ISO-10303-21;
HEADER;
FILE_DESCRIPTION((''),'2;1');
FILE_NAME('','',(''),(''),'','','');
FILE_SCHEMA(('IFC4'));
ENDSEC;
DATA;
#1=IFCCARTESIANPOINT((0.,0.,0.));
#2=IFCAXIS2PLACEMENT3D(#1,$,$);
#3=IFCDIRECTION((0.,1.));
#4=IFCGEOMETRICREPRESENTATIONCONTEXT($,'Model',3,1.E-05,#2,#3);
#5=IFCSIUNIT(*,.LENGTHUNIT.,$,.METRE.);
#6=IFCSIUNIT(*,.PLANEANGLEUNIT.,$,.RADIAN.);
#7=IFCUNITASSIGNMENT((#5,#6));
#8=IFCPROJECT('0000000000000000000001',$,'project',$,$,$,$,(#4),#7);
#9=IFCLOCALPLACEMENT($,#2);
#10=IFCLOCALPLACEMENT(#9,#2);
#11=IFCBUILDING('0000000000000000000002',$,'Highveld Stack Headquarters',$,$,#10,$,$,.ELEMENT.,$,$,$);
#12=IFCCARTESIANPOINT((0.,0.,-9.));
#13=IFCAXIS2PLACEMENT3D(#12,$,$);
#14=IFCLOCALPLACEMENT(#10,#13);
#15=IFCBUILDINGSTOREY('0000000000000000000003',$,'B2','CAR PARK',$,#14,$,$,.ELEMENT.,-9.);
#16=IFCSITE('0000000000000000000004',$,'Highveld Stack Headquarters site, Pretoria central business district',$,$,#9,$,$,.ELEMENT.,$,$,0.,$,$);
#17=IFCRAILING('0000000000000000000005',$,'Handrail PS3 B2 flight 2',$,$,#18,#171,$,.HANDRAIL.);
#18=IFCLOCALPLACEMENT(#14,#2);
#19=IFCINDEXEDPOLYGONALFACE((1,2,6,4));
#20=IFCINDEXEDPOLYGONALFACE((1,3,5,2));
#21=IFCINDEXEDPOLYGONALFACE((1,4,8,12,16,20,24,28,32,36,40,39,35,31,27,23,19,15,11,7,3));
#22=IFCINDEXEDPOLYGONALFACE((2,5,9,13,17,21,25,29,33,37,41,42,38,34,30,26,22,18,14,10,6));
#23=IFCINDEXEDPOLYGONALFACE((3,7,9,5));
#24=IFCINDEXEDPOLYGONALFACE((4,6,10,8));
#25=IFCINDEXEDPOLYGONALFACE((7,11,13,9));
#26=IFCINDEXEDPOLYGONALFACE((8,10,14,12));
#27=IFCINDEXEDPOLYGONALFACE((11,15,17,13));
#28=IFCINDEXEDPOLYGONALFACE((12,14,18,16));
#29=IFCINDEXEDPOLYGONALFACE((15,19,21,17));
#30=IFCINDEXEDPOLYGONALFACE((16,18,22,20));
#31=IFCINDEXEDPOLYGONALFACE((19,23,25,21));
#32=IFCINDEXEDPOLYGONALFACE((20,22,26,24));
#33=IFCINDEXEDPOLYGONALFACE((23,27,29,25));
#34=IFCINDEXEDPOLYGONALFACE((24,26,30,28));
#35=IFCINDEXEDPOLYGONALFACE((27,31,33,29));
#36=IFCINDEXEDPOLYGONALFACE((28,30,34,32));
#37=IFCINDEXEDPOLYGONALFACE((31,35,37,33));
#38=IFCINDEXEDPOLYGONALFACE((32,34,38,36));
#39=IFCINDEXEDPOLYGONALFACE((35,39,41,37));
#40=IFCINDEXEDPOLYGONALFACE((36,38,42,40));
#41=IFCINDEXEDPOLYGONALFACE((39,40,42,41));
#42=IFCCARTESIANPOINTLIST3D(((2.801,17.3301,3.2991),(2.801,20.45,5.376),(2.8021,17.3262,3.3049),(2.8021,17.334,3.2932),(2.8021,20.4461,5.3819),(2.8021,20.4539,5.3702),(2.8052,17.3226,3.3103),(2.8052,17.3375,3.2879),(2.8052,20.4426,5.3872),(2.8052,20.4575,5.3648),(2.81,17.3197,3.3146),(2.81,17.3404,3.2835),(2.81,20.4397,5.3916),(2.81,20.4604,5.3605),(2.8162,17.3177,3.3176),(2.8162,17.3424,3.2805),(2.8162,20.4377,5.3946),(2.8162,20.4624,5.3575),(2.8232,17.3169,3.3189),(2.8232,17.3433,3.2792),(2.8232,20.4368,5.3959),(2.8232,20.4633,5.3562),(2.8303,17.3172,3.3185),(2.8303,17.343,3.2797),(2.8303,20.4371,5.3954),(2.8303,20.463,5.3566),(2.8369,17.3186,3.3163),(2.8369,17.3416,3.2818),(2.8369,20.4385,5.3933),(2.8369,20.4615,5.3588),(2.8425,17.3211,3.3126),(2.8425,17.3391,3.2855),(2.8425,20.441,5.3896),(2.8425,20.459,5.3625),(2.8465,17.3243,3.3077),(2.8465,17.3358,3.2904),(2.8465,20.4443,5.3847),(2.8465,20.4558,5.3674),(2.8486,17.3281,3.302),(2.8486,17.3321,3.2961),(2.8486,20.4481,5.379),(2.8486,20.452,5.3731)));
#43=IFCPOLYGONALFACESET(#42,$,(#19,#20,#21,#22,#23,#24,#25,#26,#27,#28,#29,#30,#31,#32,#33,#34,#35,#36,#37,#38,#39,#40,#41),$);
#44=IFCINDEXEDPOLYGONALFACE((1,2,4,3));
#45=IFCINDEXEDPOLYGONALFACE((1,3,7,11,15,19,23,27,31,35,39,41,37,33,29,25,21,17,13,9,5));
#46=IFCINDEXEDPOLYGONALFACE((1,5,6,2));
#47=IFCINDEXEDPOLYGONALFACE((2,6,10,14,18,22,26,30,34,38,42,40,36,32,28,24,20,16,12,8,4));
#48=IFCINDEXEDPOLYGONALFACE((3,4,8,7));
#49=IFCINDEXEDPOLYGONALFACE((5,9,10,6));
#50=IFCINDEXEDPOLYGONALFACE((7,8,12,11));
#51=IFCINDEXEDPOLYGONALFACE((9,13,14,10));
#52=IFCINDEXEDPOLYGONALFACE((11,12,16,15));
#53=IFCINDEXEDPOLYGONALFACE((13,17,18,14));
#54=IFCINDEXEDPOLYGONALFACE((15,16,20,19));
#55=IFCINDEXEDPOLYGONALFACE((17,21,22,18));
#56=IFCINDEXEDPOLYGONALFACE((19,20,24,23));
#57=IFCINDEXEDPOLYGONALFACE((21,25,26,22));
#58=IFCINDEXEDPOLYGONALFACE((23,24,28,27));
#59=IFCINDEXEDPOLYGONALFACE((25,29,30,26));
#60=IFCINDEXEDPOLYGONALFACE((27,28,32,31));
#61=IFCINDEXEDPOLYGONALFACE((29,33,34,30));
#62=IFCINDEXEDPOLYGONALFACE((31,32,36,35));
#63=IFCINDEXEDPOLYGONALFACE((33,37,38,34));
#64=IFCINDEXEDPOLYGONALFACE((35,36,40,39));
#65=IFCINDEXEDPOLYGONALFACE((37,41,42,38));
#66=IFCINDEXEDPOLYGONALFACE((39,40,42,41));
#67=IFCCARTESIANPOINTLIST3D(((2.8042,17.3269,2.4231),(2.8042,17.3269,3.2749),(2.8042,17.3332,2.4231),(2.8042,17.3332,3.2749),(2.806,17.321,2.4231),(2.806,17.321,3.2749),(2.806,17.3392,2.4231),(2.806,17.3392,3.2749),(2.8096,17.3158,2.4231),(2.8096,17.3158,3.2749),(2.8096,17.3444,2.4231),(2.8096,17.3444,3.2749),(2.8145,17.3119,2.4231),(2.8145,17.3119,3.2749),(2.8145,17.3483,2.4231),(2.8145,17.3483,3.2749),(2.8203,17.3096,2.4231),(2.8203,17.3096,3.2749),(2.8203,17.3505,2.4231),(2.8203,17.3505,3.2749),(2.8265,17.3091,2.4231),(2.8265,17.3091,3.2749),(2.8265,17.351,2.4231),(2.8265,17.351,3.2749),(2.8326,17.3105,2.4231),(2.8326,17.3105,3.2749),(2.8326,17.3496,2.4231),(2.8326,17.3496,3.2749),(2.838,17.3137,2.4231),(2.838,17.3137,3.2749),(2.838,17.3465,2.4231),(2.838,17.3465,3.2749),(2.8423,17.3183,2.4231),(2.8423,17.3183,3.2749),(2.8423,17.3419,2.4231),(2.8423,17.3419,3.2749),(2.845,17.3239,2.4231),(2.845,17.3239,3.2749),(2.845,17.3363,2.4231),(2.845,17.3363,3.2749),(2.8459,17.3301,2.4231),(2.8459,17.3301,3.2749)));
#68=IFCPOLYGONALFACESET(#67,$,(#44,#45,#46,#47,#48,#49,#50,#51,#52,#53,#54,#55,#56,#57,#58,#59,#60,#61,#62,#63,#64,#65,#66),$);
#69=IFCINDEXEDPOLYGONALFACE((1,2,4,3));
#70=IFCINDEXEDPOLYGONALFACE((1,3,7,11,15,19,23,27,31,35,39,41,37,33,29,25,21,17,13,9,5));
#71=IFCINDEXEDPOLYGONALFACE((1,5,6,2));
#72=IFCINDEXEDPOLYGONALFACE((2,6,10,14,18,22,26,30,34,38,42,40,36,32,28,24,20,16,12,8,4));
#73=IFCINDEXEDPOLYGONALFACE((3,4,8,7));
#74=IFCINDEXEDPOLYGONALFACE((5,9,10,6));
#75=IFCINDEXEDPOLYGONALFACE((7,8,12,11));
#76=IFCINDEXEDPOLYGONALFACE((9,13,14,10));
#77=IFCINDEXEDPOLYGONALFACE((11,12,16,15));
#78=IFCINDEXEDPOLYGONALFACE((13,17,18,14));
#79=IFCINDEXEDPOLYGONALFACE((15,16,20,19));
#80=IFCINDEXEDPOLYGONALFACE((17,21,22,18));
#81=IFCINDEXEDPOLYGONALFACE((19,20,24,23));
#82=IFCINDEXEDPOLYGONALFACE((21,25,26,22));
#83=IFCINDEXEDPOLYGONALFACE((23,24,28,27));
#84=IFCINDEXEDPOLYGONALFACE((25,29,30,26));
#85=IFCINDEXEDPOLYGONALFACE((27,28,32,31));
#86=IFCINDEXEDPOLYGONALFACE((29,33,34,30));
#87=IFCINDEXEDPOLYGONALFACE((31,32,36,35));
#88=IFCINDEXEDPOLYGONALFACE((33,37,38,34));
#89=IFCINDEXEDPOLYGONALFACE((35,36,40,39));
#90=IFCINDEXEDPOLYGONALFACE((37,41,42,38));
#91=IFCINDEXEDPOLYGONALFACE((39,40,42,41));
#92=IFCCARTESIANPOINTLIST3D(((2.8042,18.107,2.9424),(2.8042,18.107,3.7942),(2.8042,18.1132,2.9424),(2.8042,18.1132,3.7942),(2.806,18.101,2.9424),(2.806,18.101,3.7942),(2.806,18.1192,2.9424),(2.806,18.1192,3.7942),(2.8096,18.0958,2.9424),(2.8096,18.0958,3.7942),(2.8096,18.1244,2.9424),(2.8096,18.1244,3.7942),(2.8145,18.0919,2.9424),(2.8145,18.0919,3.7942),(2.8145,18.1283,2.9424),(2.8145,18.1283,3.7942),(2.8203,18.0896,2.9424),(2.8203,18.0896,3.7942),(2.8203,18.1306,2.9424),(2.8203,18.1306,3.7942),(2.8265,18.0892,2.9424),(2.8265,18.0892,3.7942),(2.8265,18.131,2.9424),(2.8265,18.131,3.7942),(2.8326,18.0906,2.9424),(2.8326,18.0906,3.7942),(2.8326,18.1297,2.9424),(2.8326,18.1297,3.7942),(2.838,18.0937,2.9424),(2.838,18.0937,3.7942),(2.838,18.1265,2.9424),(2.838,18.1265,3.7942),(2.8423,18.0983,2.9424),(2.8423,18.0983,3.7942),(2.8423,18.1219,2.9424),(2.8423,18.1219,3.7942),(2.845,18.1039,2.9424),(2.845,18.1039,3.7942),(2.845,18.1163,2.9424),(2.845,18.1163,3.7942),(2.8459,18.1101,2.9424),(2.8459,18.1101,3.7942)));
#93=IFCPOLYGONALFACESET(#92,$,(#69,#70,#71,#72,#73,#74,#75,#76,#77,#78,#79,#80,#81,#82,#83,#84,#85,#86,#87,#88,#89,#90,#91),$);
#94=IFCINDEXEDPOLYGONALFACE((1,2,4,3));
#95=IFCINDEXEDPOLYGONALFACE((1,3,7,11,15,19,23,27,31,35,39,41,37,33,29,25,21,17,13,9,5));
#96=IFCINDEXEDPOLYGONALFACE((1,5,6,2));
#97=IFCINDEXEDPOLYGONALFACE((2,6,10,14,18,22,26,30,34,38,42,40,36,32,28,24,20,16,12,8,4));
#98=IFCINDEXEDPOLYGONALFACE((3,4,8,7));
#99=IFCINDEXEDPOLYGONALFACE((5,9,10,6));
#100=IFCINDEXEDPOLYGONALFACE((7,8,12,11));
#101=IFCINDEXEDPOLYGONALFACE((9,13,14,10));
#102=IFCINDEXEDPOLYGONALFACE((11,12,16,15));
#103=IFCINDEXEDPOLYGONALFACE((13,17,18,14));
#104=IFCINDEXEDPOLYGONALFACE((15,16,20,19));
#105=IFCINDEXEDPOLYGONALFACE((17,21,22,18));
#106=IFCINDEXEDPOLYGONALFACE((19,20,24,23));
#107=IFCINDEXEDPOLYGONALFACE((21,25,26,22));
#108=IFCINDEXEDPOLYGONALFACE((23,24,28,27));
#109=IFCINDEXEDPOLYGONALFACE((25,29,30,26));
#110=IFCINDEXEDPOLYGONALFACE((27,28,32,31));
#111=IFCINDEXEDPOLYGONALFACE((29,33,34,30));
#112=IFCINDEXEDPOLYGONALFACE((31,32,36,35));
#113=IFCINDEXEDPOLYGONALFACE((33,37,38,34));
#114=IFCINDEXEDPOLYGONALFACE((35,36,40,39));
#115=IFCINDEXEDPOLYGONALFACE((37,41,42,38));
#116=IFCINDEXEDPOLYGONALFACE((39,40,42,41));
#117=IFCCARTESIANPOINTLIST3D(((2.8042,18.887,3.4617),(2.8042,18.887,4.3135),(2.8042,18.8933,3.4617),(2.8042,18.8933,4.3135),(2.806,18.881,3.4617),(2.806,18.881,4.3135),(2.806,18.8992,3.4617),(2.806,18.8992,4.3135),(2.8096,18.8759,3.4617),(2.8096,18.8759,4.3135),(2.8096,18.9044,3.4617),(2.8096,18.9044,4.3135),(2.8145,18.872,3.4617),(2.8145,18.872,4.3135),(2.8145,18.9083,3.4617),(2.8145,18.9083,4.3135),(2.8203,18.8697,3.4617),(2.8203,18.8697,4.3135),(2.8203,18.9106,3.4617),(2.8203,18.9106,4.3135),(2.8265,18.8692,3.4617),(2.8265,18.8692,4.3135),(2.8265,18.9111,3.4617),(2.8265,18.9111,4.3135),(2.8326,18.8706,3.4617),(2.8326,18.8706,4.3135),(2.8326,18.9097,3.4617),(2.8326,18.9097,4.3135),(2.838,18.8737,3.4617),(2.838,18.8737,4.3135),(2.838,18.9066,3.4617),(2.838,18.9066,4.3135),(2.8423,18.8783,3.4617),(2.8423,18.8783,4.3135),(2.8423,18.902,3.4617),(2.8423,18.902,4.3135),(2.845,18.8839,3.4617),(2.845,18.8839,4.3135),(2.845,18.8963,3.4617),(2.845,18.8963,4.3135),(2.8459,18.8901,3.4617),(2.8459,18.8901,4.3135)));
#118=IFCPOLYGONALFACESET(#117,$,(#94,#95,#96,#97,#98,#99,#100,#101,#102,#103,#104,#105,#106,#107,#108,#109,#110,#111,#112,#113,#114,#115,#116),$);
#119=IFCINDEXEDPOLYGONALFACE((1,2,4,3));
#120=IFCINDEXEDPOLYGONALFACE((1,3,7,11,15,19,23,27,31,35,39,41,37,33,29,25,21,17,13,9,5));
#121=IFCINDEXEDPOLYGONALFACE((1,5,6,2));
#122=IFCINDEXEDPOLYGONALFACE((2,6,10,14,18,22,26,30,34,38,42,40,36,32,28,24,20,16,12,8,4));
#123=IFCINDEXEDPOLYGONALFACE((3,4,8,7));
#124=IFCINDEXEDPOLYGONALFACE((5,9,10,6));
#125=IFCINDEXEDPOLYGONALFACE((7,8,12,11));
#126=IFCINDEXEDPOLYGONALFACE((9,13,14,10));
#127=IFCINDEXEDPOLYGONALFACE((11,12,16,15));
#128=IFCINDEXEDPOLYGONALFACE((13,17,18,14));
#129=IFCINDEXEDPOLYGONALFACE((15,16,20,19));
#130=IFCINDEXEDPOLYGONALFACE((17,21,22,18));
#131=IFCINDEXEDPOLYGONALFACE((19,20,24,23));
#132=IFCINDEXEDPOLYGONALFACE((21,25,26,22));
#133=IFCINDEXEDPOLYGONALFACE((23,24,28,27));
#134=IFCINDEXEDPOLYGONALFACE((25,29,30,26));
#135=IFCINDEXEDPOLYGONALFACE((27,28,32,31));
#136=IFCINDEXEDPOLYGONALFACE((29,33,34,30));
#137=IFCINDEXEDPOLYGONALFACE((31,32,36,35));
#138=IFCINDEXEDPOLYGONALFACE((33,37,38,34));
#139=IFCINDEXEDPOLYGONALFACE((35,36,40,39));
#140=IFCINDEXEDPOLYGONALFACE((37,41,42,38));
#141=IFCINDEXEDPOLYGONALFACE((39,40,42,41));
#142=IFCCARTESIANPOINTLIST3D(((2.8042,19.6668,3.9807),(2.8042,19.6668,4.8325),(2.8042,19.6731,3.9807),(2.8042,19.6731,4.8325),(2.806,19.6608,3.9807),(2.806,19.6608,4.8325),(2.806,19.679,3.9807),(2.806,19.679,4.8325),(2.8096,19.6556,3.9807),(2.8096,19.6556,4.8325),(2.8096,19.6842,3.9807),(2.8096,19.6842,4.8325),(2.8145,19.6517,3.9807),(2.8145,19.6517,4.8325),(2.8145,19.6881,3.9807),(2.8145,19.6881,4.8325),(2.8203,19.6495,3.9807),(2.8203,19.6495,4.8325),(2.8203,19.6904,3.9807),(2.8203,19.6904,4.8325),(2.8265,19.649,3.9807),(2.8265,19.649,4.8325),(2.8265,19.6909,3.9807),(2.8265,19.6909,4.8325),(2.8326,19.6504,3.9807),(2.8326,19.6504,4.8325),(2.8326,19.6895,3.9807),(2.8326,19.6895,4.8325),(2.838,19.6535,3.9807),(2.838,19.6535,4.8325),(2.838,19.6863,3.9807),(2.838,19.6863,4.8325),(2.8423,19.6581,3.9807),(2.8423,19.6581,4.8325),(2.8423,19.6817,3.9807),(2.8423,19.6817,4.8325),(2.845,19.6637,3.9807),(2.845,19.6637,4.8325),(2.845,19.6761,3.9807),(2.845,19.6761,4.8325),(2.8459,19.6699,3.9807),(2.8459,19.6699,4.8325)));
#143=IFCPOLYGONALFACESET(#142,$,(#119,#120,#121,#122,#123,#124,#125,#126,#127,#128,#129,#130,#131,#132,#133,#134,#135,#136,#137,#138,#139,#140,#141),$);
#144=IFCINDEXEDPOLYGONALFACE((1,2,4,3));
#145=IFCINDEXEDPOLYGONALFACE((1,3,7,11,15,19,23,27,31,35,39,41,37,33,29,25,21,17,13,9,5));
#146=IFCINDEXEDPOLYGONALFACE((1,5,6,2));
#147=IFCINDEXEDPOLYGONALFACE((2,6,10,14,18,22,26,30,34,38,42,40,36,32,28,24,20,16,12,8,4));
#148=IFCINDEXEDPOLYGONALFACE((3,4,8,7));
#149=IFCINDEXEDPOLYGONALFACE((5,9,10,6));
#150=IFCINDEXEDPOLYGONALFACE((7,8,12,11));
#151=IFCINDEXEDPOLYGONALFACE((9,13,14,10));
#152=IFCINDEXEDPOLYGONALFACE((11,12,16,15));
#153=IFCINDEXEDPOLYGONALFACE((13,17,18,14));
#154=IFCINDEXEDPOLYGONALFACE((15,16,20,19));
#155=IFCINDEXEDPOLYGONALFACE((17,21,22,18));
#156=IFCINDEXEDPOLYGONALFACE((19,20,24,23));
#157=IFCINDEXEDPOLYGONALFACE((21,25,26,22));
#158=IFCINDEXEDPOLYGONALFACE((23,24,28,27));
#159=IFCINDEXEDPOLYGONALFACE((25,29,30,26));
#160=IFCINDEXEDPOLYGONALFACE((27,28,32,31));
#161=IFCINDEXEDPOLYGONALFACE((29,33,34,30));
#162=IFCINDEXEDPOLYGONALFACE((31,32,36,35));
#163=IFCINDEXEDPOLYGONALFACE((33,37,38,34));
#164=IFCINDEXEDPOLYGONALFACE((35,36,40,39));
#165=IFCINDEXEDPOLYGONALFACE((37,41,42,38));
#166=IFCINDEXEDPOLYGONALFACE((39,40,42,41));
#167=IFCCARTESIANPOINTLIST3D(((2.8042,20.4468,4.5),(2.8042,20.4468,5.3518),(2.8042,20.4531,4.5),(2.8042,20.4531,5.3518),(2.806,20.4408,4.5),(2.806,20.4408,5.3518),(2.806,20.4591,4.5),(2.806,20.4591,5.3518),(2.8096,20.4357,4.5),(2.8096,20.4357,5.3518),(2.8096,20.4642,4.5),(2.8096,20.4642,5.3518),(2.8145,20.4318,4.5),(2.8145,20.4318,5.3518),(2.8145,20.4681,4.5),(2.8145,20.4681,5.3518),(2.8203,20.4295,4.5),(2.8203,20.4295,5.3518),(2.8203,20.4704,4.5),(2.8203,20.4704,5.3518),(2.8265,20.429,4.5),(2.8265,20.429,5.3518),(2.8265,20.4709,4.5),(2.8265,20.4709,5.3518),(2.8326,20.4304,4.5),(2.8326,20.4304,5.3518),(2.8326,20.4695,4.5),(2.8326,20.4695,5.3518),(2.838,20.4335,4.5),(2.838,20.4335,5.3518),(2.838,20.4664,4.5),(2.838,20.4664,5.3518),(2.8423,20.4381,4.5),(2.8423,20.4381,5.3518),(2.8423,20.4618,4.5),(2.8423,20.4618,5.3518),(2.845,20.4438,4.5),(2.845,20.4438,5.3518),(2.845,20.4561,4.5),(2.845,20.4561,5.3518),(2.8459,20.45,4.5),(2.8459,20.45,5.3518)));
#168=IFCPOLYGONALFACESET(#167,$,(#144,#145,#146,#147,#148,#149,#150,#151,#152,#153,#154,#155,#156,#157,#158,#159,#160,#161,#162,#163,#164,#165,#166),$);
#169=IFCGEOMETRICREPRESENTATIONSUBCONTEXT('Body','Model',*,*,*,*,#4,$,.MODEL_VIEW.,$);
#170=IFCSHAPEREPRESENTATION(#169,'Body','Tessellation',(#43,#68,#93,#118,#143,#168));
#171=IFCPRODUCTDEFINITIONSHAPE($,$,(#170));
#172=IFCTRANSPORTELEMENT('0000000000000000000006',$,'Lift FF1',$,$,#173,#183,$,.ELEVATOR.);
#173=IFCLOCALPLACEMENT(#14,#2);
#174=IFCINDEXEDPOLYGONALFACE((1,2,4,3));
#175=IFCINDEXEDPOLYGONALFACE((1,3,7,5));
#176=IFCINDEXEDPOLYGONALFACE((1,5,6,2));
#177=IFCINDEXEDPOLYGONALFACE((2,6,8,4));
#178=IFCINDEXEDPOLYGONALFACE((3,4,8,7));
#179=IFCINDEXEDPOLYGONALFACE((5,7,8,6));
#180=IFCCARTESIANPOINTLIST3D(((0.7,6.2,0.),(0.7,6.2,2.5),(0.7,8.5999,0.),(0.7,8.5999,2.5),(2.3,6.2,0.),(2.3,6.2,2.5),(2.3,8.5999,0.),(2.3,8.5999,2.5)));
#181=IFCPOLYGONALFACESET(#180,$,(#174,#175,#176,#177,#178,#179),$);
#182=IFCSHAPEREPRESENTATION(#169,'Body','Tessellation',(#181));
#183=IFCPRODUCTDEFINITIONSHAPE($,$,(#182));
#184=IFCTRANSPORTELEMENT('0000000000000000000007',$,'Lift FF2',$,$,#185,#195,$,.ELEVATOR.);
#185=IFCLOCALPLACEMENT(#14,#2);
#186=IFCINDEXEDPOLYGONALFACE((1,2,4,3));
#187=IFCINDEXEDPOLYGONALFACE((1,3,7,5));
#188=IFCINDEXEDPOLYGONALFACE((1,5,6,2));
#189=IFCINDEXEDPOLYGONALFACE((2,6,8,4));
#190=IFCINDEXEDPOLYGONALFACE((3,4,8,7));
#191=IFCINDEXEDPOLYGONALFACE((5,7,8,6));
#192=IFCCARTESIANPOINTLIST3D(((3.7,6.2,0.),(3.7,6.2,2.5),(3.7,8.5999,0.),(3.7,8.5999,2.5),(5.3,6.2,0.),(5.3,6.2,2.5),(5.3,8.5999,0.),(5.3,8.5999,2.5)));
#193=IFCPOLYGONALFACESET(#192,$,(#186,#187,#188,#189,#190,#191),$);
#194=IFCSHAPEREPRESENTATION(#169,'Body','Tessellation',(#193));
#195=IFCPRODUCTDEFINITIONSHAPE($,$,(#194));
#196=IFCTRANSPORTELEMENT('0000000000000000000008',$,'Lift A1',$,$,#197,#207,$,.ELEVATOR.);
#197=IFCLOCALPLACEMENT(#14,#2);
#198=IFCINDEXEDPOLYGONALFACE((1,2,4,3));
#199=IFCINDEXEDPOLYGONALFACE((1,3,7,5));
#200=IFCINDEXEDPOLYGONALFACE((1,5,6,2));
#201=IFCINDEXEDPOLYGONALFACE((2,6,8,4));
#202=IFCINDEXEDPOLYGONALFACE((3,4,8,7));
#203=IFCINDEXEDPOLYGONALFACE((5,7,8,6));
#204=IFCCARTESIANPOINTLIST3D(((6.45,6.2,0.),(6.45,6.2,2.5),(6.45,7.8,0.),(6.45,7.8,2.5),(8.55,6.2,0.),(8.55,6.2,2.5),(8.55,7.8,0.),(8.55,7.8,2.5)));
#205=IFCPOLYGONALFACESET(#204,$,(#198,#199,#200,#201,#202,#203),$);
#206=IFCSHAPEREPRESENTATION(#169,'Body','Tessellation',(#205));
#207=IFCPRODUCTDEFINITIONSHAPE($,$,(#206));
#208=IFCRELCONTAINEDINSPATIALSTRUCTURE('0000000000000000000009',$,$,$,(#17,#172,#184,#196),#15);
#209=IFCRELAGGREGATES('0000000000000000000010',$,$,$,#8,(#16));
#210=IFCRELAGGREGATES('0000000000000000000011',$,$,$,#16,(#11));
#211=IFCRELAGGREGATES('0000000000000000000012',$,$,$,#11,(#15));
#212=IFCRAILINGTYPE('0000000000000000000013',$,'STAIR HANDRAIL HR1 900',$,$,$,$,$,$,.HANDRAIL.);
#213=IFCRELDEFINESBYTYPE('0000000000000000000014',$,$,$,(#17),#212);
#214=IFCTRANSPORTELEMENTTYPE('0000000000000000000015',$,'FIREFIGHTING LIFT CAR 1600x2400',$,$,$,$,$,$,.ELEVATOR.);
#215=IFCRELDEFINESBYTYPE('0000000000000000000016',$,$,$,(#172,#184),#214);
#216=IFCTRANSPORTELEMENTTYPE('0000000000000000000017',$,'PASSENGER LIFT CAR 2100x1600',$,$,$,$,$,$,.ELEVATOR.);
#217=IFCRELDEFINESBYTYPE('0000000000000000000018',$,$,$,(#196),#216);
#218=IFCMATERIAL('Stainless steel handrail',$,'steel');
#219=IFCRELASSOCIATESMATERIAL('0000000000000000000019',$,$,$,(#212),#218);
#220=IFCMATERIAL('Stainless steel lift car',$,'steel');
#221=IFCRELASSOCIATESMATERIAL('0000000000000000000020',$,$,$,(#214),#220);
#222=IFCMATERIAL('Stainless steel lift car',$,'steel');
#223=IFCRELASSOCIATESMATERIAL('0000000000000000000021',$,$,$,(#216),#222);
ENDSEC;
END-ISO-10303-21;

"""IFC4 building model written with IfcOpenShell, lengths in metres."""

from ifc_helpers import new_model, si_unit, direction, frame, origin, origin_2d, place, context, subcontext, project, spatial, rectangle, circle, extrude, material, type_object, element, save


model = new_model("IFC4")

# Units and contexts
model_context = context("Model", 3, precision=1e-05, world=origin(), true_north=direction((0.0, 1.0)))
body_context = subcontext(model_context, "Body", "Model", "MODEL_VIEW")
ifc_project = project(units=[si_unit("LENGTHUNIT", "METRE"), si_unit("PLANEANGLEUNIT", "RADIAN")], contexts=[model_context])

# Site, building, storey
site_placement = place(None, origin())
site = spatial("IfcSite", under=ifc_project, at=site_placement, Name="Highveld Stack Headquarters site, Pretoria central business district", CompositionType="ELEMENT", RefElevation=0.0)
building_placement = place(site_placement, origin())
building = spatial("IfcBuilding", under=site, at=building_placement, Name="Highveld Stack Headquarters", CompositionType="ELEMENT")
storey_placement = place(building_placement, frame((0.0, 0.0, -9.0)))
storey = spatial("IfcBuildingStorey", under=building, at=storey_placement, Name="B2", Description="CAR PARK", CompositionType="ELEMENT", Elevation=-9.0)

# Railing
ifc_material_1 = material(Name="Stainless steel handrail", Category="steel")
railing_type = type_object("IfcRailingType", Name="STAIR HANDRAIL HR1 900", PredefinedType="HANDRAIL", material=ifc_material_1)
for number, where, name in (
    (1, (2.825, 17.3301, 2.4231), "Handrail PS3 B2 flight 2"),
):
    element("IfcRailing", number, at=place(storey_placement, frame(where)), inside=storey, type_object=railing_type, Name=name, PredefinedType="HANDRAIL", context=body_context, shape_type="SweptSolid", body=[
        extrude(circle(Radius=0.0239, at=origin_2d()), frame((0.0, 0.0, 0.876), z_axis=(0.0, 0.832421, 0.554144), x_axis=(-1.0, 0.0, 0.0)), (0.0, 0.0, 1.0), 3.748),
        extrude(circle(Radius=0.021, at=origin_2d()), origin(), (0.0, 0.0, 1.0), 0.8518),
        extrude(circle(Radius=0.021, at=origin_2d()), frame((0.0, 0.78, 0.5193)), (0.0, 0.0, 1.0), 0.8518),
        extrude(circle(Radius=0.021, at=origin_2d()), frame((0.0, 1.5601, 1.0386)), (0.0, 0.0, 1.0), 0.8518),
        extrude(circle(Radius=0.021, at=origin_2d()), frame((0.0, 2.3398, 1.5576)), (0.0, 0.0, 1.0), 0.8518),
        extrude(circle(Radius=0.021, at=origin_2d()), frame((0.0, 3.1199, 2.0769)), (0.0, 0.0, 1.0), 0.8518),
    ])

# Transport elements
ifc_material_2 = material(Name="Stainless steel lift car", Category="steel")
transport_element_type_1 = type_object("IfcTransportElementType", Name="FIREFIGHTING LIFT CAR 1600x2400", PredefinedType="ELEVATOR", material=ifc_material_2)
for number, where, z_axis, x_axis, name in (
    (2, (1.5, 7.3999, 0.0), (0.0, 0.0, 1.0), (1.0, 0.0, 0.0), "Lift FF1"),
    (3, (4.5, 7.3999, 0.0), (0.0, 0.0, 1.0), (1.0, 0.0, 0.0), "Lift FF2"),
):
    element("IfcTransportElement", number, at=place(storey_placement, frame(where, z_axis=z_axis, x_axis=x_axis)), inside=storey, type_object=transport_element_type_1, Name=name, PredefinedType="ELEVATOR", context=body_context, shape_type="SweptSolid", body=[
        extrude(rectangle(XDim=1.6001, YDim=2.3999, at=origin_2d()), origin(), (0.0, 0.0, 1.0), 2.5),
    ])
ifc_material_3 = material(Name="Stainless steel lift car", Category="steel")
transport_element_type_2 = type_object("IfcTransportElementType", Name="PASSENGER LIFT CAR 2100x1600", PredefinedType="ELEVATOR", material=ifc_material_3)
for number, where, z_axis, x_axis, name in (
    (4, (7.5, 7.0, 0.0), (0.0, 0.0, 1.0), (1.0, 0.0, 0.0), "Lift A1"),
):
    element("IfcTransportElement", number, at=place(storey_placement, frame(where, z_axis=z_axis, x_axis=x_axis)), inside=storey, type_object=transport_element_type_2, Name=name, PredefinedType="ELEVATOR", context=body_context, shape_type="SweptSolid", body=[
        extrude(rectangle(XDim=2.1001, YDim=1.6001, at=origin_2d()), origin(), (0.0, 0.0, 1.0), 2.5),
    ])

save(model, "model.ifc")
